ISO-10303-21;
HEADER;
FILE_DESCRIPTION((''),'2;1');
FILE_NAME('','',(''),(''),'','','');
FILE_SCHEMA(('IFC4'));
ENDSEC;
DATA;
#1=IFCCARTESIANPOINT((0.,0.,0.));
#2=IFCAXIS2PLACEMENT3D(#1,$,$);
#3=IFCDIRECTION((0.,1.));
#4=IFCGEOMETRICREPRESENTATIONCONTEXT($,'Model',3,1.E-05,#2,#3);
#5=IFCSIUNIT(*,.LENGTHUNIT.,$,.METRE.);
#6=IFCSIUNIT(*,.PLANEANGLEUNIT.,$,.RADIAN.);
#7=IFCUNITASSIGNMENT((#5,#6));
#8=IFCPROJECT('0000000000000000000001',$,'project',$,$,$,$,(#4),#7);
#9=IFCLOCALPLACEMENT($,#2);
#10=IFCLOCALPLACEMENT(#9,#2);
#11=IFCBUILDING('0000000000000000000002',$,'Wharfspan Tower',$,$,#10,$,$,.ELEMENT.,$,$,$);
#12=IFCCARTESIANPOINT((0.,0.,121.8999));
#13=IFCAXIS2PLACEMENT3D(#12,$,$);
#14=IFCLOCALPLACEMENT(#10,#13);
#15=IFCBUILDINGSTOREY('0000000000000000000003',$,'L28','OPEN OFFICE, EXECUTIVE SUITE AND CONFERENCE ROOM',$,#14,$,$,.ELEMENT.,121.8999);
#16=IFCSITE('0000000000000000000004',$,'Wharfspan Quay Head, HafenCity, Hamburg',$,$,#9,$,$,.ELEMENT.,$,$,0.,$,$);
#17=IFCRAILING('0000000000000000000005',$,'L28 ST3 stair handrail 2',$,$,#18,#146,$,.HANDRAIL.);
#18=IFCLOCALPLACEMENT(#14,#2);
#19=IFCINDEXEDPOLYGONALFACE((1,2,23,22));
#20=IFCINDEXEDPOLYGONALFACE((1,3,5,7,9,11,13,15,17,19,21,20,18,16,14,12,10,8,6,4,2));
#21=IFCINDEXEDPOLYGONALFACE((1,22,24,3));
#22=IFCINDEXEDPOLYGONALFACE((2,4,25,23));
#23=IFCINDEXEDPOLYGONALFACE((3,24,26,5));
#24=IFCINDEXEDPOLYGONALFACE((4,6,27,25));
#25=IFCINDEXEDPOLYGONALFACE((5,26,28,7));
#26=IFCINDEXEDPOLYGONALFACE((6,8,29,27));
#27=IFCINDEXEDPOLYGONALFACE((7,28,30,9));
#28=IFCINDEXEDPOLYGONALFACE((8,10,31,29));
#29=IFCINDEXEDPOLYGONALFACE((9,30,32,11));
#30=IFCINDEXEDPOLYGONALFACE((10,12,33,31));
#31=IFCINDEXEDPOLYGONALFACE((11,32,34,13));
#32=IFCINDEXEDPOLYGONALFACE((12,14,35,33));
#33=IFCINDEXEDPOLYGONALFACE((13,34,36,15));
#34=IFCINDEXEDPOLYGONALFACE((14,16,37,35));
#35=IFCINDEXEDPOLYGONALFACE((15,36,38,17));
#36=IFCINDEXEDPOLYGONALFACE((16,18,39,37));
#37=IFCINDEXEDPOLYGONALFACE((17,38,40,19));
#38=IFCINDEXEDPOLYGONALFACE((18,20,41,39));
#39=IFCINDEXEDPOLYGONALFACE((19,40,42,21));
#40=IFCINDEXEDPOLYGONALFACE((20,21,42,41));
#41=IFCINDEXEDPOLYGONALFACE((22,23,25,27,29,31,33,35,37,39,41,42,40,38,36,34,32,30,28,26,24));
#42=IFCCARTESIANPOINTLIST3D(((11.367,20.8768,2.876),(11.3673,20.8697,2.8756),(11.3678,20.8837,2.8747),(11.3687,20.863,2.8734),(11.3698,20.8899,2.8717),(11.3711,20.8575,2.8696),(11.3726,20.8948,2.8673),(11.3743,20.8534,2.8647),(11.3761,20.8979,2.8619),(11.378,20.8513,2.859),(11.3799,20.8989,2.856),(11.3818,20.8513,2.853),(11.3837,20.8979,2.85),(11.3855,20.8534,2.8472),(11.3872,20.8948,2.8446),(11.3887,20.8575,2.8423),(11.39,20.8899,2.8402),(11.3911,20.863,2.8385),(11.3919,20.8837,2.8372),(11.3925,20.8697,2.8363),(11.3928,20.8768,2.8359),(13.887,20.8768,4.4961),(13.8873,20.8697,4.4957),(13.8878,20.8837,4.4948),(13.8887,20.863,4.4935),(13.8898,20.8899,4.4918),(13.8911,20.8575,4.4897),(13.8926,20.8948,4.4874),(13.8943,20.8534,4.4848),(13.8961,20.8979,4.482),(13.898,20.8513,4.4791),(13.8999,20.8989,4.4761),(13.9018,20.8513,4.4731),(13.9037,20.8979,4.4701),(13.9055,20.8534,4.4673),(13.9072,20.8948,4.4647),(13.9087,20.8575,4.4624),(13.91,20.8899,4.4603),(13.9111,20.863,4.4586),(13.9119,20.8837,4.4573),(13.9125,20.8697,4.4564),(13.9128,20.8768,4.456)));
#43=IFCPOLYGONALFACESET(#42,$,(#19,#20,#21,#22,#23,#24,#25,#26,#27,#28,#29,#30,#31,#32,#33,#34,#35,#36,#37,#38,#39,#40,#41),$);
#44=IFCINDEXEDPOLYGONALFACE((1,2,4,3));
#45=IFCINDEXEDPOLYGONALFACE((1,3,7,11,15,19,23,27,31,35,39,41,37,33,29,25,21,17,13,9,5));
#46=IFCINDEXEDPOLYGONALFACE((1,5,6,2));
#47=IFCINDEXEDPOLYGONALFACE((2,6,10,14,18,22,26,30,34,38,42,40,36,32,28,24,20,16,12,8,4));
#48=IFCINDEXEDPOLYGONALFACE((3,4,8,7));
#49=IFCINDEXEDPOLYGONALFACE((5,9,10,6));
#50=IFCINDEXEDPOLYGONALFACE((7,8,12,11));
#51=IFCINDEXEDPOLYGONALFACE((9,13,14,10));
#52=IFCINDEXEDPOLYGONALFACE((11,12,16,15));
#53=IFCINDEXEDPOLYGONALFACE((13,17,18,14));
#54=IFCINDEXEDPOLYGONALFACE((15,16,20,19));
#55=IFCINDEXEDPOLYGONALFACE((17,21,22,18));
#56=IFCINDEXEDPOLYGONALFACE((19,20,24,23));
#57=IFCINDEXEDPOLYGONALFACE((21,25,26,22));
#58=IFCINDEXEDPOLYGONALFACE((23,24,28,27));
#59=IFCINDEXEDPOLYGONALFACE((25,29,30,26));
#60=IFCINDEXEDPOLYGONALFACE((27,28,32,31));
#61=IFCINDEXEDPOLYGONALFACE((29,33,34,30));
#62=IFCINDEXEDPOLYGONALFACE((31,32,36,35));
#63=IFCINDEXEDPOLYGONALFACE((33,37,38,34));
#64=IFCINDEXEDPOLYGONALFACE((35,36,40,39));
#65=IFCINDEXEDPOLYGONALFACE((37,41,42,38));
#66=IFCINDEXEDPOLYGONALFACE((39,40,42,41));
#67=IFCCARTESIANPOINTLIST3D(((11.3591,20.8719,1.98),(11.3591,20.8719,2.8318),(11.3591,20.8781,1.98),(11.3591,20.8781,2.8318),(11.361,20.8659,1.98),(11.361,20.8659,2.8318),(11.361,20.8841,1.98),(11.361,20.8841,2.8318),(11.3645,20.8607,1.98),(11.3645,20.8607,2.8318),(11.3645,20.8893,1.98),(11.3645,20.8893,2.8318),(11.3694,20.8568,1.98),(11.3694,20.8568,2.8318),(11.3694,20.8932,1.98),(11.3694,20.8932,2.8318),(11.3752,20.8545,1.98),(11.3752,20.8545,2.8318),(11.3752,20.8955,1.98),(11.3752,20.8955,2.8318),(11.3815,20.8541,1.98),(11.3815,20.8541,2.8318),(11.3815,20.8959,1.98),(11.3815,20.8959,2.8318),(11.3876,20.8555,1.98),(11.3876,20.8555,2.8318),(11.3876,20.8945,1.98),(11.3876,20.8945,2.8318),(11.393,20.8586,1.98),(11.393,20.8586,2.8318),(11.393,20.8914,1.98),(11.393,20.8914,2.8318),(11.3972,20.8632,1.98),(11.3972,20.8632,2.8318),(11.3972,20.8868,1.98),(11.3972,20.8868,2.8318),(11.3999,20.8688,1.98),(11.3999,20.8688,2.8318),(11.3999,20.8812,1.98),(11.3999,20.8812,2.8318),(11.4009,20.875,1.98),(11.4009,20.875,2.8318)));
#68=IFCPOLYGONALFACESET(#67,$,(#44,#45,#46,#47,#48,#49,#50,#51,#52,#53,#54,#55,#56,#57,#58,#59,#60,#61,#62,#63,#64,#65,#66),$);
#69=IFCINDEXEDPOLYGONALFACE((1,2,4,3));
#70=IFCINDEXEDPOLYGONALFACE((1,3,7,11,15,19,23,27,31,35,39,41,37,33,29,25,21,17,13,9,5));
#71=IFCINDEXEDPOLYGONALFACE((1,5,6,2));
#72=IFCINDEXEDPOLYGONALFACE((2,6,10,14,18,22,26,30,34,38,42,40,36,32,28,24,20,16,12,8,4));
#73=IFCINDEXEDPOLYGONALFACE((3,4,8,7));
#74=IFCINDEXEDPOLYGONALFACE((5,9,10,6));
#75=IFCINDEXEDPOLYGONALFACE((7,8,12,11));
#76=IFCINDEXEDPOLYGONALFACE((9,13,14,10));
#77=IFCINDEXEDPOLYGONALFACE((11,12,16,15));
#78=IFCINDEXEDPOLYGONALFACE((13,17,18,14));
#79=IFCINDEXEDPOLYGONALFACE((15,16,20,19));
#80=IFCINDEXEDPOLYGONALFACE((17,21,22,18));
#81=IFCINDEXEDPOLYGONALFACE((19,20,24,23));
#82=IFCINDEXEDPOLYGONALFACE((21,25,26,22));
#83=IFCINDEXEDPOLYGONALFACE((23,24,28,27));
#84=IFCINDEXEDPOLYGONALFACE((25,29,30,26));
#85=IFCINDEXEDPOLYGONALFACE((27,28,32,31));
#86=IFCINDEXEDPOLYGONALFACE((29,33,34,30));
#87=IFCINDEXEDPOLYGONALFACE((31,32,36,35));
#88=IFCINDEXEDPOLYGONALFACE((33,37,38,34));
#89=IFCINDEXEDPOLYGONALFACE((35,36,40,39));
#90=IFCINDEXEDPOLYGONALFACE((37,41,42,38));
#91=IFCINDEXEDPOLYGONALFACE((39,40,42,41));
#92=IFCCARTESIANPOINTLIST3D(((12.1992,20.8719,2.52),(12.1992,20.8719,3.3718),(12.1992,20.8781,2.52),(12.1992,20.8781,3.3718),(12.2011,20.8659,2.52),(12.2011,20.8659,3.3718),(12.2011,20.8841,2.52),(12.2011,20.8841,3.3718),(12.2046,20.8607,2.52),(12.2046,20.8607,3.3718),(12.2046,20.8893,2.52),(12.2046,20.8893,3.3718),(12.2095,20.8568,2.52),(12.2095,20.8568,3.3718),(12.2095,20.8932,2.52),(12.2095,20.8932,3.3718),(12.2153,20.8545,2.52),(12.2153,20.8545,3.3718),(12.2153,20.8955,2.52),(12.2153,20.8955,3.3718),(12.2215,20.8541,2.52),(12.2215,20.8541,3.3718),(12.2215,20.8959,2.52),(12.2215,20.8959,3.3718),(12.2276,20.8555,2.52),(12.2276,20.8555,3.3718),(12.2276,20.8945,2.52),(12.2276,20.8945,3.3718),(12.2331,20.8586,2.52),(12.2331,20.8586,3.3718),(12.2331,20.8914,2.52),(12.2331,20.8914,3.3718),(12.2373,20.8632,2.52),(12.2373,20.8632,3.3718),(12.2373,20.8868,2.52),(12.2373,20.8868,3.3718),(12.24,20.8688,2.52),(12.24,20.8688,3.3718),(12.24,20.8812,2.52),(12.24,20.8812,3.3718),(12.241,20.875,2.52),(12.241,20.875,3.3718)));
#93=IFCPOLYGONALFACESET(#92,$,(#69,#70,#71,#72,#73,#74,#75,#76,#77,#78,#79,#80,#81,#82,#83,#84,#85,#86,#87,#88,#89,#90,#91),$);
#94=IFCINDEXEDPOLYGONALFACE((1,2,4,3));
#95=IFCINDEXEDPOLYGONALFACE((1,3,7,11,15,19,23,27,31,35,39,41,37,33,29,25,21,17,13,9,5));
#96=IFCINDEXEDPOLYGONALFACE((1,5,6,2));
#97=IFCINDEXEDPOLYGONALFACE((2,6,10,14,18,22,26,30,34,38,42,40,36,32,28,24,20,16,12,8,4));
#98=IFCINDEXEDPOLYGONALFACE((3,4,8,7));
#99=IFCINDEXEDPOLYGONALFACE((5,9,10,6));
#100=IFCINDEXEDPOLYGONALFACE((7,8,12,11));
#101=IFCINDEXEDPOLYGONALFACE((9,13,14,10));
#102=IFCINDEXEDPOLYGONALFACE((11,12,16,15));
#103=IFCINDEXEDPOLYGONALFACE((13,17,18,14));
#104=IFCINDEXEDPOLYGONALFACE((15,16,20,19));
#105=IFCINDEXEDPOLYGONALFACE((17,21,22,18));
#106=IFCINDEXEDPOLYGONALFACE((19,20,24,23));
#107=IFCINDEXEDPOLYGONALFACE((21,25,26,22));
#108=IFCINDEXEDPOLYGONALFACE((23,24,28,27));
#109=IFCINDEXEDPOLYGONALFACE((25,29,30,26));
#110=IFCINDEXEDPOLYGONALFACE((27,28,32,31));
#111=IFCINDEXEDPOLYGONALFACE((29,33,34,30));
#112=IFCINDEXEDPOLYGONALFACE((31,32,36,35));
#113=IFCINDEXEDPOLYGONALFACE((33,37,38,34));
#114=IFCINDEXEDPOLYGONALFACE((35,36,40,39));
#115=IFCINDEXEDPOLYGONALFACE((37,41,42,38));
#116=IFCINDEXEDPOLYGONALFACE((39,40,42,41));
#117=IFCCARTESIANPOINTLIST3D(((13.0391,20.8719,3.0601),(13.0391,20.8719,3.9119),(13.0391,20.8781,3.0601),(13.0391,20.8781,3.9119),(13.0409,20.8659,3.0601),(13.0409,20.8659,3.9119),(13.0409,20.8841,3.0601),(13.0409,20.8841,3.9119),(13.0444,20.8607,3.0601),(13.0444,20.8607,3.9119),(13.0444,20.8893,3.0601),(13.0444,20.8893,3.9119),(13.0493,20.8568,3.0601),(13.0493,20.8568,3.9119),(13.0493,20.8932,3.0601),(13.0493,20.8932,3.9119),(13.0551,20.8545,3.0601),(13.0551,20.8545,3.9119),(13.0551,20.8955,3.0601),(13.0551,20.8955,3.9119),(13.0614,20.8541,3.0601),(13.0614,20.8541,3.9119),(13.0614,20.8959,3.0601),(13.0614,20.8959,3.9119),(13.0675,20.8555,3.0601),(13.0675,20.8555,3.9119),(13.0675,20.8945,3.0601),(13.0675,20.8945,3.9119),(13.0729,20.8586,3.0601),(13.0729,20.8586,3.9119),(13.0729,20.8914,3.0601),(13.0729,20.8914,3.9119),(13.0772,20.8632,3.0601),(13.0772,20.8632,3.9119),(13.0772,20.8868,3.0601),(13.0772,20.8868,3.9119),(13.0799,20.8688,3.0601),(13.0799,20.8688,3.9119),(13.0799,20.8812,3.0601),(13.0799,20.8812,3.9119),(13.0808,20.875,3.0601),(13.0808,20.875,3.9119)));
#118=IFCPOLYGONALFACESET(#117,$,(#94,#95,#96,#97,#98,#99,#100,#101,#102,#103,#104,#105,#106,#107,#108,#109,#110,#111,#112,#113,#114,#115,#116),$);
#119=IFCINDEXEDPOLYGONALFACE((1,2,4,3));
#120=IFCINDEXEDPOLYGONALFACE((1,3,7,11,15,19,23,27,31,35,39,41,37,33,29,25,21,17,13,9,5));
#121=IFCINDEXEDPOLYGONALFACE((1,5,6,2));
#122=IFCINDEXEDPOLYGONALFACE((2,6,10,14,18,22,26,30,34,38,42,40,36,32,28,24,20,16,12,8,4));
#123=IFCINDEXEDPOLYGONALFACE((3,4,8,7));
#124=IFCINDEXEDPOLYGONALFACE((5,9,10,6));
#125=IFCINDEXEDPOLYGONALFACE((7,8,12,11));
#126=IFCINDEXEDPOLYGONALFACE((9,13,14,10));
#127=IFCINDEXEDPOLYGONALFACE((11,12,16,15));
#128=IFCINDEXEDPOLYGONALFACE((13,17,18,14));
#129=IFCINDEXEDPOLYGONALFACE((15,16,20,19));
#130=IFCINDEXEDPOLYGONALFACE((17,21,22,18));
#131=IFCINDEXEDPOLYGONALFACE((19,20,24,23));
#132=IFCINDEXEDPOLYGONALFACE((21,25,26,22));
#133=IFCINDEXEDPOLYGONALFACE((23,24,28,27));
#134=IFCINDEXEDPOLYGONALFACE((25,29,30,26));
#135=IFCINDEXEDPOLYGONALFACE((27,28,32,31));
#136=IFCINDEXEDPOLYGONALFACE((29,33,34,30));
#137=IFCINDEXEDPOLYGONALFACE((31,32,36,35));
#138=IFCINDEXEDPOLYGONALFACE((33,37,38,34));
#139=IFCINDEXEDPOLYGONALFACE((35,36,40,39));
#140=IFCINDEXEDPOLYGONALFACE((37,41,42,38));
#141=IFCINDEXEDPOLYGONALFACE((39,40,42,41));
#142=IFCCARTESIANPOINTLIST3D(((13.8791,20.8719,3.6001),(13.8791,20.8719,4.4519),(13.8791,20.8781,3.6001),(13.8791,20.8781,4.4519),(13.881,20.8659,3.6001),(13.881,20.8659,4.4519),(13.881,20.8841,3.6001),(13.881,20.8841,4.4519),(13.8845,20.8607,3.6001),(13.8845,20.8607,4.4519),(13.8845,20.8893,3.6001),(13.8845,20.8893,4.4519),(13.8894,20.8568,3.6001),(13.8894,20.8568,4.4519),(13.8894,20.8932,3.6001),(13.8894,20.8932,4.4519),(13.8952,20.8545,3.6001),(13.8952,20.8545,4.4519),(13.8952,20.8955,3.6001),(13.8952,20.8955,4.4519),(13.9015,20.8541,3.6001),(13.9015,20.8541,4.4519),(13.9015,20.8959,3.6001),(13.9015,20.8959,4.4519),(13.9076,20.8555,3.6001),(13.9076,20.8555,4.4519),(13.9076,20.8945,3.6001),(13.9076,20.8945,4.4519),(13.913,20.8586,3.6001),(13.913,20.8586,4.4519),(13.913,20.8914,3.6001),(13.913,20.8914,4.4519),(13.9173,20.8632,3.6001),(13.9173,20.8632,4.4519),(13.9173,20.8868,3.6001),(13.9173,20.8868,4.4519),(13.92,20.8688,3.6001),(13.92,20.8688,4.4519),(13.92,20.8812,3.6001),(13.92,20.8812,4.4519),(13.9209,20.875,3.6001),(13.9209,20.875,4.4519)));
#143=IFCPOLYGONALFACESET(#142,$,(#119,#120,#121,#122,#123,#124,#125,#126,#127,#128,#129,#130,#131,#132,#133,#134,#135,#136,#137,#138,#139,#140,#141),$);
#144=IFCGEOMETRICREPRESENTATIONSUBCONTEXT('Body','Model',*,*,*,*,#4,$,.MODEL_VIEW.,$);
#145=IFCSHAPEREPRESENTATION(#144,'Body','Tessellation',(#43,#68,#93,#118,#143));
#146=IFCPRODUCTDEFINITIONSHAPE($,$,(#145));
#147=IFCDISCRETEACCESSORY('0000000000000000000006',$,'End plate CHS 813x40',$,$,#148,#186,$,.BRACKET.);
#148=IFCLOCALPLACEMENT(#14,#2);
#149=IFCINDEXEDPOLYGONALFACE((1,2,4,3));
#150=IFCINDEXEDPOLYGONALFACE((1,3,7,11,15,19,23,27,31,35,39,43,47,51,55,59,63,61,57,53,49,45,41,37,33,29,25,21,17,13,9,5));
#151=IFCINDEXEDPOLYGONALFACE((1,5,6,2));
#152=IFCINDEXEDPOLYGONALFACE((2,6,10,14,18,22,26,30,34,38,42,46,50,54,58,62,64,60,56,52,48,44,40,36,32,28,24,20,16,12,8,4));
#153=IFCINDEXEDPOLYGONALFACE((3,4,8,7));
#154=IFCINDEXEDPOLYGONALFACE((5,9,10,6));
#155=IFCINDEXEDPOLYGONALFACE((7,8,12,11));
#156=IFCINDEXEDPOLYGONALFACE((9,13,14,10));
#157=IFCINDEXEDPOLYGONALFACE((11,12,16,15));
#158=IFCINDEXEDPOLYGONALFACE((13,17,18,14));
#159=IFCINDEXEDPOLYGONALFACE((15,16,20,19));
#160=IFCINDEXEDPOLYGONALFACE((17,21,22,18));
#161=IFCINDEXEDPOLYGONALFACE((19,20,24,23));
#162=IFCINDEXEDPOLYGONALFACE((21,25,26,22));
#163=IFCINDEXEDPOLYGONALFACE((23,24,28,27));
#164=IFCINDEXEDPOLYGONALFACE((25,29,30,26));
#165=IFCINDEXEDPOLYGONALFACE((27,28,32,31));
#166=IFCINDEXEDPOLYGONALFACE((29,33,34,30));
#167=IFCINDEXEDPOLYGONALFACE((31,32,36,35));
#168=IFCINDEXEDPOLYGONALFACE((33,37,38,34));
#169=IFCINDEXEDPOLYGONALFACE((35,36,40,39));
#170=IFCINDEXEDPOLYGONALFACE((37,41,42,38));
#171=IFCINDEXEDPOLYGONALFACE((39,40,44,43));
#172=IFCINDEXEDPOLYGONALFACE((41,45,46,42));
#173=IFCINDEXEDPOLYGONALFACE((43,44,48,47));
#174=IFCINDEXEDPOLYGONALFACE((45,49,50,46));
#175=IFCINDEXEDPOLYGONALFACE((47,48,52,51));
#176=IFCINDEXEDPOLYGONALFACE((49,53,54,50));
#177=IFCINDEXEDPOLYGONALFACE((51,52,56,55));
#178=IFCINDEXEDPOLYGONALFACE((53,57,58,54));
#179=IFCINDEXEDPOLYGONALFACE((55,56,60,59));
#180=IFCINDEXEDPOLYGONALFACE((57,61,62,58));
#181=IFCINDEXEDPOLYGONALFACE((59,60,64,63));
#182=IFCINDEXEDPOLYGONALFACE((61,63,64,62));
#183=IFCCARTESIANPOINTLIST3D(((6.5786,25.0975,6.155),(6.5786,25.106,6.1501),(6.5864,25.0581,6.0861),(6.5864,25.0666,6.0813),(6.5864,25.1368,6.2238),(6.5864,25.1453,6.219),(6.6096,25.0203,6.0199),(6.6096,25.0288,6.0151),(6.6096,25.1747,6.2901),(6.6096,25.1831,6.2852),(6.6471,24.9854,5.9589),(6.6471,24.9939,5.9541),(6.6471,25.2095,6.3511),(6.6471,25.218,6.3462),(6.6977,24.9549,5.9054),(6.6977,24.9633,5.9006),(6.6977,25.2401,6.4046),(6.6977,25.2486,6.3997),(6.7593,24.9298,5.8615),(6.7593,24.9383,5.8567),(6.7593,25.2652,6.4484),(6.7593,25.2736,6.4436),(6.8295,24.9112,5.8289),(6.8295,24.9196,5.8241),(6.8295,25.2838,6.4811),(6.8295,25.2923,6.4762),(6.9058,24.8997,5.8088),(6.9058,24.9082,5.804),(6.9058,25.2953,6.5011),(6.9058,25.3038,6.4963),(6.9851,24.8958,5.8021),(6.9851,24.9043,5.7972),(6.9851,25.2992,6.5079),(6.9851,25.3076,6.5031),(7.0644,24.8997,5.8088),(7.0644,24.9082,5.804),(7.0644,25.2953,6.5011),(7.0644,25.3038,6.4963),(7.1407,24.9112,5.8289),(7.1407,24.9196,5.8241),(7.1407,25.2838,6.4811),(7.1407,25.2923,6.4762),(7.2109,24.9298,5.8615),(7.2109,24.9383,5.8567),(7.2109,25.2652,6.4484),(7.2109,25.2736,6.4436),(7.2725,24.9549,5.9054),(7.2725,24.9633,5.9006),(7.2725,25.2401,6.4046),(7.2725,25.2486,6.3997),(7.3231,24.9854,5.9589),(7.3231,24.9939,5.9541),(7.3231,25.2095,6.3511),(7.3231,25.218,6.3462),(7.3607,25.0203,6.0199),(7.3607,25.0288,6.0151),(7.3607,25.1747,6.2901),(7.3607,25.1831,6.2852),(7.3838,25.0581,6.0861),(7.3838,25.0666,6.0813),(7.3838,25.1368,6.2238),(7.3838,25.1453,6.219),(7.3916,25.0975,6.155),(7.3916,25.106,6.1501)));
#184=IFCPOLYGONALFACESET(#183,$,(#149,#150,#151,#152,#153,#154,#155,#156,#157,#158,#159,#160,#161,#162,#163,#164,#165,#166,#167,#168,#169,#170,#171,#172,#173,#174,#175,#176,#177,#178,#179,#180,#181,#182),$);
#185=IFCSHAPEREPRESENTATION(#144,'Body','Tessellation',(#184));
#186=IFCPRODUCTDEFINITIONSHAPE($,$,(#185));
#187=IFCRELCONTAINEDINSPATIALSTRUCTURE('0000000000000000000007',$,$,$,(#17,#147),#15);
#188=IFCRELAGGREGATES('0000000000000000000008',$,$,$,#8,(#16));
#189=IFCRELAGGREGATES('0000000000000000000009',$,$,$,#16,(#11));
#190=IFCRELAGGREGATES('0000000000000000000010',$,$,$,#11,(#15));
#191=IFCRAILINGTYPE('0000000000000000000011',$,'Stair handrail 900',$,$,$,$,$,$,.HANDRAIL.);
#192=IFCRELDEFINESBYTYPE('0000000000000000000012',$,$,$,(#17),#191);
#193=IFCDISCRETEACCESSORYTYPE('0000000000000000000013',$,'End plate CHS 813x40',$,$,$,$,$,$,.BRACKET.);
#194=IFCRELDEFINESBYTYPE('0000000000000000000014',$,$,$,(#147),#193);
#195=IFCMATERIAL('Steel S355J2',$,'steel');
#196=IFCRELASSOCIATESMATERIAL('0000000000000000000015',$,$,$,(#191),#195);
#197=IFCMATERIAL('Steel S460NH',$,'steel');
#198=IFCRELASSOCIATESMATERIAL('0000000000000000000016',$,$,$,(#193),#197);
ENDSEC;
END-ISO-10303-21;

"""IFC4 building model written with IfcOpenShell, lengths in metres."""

from ifc_helpers import new_model, si_unit, direction, frame, origin, origin_2d, place, context, subcontext, project, spatial, circle, extrude, material, material_profile, profile_set, type_object, element, save


model = new_model("IFC4")

# Units and contexts
model_context = context("Model", 3, precision=1e-05, world=origin(), true_north=direction((0.0, 1.0)))
body_context = subcontext(model_context, "Body", "Model", "MODEL_VIEW")
ifc_project = project(units=[si_unit("LENGTHUNIT", "METRE"), si_unit("PLANEANGLEUNIT", "RADIAN")], contexts=[model_context])

# Site, building, storey
site_placement = place(None, origin())
site = spatial("IfcSite", under=ifc_project, at=site_placement, Name="Wharfspan Quay Head, HafenCity, Hamburg", CompositionType="ELEMENT", RefElevation=0.0)
building_placement = place(site_placement, origin())
building = spatial("IfcBuilding", under=site, at=building_placement, Name="Wharfspan Tower", CompositionType="ELEMENT")
storey_placement = place(building_placement, frame((0.0, 0.0, 121.8999)))
storey = spatial("IfcBuildingStorey", under=building, at=storey_placement, Name="L28", Description="OPEN OFFICE, EXECUTIVE SUITE AND CONFERENCE ROOM", CompositionType="ELEMENT", Elevation=121.8999)

# Shared definitions
ifc_material_1 = material(Name="Steel S355J2", Category="steel")

# Shared definitions
ifc_material_2 = material(Name="Steel S460NH", Category="steel")

# Railing
railing_type_1 = type_object("IfcRailingType", Name="Stair handrail 900", PredefinedType="HANDRAIL", material=ifc_material_1)
railing_1_placement = place(storey_placement, frame((11.3799, 20.875, 1.98)))
element("IfcRailing", 1, at=railing_1_placement, inside=storey, type_object=railing_type_1, Name="L28 ST3 stair handrail 2", PredefinedType="HANDRAIL", context=body_context, shape_type="SweptSolid", body=[
    extrude(circle(Radius=0.0239, at=origin_2d()), frame((0.0, 0.0, 0.876), z_axis=(0.841163, 0.0, 0.540782), x_axis=(0.0, 1.0, 0.0)), (0.0, 0.0, 1.0), 2.9958),
    extrude(circle(Radius=0.021, at=origin_2d()), origin(), (0.0, 0.0, 1.0), 0.8518),
    extrude(circle(Radius=0.021, at=origin_2d()), frame((0.8401, 0.0, 0.54)), (0.0, 0.0, 1.0), 0.8518),
    extrude(circle(Radius=0.021, at=origin_2d()), frame((1.6799, 0.0, 1.0801)), (0.0, 0.0, 1.0), 0.8518),
    extrude(circle(Radius=0.021, at=origin_2d()), frame((2.52, 0.0, 1.6201)), (0.0, 0.0, 1.0), 0.8518),
])

# Discrete accessory
ifc_material_profile_1 = material_profile(ifc_material_2, circle(Radius=0.4065, at=origin_2d()))
ifc_profile_set_1 = profile_set([ifc_material_profile_1], Name="Steel S460NH")
discrete_accessory_type = type_object("IfcDiscreteAccessoryType", Name="End plate CHS 813x40", PredefinedType="BRACKET", material=ifc_profile_set_1)
for number, where, z_axis, x_axis, name in (
    (2, (6.9851, 25.106, 6.1501), (0.0, -0.868243, 0.496139), (1.0, 0.0, 0.0), "End plate CHS 813x40"),
):
    element("IfcDiscreteAccessory", number, at=place(storey_placement, frame(where, z_axis=z_axis, x_axis=x_axis)), inside=storey, type_object=discrete_accessory_type, Name=name, PredefinedType="BRACKET", context=body_context, shape_type="SweptSolid", body=[
        extrude(circle(Radius=0.4065, at=origin_2d()), origin(), (0.0, 0.0, 1.0), 0.0098),
    ])

save(model, "model.ifc")
